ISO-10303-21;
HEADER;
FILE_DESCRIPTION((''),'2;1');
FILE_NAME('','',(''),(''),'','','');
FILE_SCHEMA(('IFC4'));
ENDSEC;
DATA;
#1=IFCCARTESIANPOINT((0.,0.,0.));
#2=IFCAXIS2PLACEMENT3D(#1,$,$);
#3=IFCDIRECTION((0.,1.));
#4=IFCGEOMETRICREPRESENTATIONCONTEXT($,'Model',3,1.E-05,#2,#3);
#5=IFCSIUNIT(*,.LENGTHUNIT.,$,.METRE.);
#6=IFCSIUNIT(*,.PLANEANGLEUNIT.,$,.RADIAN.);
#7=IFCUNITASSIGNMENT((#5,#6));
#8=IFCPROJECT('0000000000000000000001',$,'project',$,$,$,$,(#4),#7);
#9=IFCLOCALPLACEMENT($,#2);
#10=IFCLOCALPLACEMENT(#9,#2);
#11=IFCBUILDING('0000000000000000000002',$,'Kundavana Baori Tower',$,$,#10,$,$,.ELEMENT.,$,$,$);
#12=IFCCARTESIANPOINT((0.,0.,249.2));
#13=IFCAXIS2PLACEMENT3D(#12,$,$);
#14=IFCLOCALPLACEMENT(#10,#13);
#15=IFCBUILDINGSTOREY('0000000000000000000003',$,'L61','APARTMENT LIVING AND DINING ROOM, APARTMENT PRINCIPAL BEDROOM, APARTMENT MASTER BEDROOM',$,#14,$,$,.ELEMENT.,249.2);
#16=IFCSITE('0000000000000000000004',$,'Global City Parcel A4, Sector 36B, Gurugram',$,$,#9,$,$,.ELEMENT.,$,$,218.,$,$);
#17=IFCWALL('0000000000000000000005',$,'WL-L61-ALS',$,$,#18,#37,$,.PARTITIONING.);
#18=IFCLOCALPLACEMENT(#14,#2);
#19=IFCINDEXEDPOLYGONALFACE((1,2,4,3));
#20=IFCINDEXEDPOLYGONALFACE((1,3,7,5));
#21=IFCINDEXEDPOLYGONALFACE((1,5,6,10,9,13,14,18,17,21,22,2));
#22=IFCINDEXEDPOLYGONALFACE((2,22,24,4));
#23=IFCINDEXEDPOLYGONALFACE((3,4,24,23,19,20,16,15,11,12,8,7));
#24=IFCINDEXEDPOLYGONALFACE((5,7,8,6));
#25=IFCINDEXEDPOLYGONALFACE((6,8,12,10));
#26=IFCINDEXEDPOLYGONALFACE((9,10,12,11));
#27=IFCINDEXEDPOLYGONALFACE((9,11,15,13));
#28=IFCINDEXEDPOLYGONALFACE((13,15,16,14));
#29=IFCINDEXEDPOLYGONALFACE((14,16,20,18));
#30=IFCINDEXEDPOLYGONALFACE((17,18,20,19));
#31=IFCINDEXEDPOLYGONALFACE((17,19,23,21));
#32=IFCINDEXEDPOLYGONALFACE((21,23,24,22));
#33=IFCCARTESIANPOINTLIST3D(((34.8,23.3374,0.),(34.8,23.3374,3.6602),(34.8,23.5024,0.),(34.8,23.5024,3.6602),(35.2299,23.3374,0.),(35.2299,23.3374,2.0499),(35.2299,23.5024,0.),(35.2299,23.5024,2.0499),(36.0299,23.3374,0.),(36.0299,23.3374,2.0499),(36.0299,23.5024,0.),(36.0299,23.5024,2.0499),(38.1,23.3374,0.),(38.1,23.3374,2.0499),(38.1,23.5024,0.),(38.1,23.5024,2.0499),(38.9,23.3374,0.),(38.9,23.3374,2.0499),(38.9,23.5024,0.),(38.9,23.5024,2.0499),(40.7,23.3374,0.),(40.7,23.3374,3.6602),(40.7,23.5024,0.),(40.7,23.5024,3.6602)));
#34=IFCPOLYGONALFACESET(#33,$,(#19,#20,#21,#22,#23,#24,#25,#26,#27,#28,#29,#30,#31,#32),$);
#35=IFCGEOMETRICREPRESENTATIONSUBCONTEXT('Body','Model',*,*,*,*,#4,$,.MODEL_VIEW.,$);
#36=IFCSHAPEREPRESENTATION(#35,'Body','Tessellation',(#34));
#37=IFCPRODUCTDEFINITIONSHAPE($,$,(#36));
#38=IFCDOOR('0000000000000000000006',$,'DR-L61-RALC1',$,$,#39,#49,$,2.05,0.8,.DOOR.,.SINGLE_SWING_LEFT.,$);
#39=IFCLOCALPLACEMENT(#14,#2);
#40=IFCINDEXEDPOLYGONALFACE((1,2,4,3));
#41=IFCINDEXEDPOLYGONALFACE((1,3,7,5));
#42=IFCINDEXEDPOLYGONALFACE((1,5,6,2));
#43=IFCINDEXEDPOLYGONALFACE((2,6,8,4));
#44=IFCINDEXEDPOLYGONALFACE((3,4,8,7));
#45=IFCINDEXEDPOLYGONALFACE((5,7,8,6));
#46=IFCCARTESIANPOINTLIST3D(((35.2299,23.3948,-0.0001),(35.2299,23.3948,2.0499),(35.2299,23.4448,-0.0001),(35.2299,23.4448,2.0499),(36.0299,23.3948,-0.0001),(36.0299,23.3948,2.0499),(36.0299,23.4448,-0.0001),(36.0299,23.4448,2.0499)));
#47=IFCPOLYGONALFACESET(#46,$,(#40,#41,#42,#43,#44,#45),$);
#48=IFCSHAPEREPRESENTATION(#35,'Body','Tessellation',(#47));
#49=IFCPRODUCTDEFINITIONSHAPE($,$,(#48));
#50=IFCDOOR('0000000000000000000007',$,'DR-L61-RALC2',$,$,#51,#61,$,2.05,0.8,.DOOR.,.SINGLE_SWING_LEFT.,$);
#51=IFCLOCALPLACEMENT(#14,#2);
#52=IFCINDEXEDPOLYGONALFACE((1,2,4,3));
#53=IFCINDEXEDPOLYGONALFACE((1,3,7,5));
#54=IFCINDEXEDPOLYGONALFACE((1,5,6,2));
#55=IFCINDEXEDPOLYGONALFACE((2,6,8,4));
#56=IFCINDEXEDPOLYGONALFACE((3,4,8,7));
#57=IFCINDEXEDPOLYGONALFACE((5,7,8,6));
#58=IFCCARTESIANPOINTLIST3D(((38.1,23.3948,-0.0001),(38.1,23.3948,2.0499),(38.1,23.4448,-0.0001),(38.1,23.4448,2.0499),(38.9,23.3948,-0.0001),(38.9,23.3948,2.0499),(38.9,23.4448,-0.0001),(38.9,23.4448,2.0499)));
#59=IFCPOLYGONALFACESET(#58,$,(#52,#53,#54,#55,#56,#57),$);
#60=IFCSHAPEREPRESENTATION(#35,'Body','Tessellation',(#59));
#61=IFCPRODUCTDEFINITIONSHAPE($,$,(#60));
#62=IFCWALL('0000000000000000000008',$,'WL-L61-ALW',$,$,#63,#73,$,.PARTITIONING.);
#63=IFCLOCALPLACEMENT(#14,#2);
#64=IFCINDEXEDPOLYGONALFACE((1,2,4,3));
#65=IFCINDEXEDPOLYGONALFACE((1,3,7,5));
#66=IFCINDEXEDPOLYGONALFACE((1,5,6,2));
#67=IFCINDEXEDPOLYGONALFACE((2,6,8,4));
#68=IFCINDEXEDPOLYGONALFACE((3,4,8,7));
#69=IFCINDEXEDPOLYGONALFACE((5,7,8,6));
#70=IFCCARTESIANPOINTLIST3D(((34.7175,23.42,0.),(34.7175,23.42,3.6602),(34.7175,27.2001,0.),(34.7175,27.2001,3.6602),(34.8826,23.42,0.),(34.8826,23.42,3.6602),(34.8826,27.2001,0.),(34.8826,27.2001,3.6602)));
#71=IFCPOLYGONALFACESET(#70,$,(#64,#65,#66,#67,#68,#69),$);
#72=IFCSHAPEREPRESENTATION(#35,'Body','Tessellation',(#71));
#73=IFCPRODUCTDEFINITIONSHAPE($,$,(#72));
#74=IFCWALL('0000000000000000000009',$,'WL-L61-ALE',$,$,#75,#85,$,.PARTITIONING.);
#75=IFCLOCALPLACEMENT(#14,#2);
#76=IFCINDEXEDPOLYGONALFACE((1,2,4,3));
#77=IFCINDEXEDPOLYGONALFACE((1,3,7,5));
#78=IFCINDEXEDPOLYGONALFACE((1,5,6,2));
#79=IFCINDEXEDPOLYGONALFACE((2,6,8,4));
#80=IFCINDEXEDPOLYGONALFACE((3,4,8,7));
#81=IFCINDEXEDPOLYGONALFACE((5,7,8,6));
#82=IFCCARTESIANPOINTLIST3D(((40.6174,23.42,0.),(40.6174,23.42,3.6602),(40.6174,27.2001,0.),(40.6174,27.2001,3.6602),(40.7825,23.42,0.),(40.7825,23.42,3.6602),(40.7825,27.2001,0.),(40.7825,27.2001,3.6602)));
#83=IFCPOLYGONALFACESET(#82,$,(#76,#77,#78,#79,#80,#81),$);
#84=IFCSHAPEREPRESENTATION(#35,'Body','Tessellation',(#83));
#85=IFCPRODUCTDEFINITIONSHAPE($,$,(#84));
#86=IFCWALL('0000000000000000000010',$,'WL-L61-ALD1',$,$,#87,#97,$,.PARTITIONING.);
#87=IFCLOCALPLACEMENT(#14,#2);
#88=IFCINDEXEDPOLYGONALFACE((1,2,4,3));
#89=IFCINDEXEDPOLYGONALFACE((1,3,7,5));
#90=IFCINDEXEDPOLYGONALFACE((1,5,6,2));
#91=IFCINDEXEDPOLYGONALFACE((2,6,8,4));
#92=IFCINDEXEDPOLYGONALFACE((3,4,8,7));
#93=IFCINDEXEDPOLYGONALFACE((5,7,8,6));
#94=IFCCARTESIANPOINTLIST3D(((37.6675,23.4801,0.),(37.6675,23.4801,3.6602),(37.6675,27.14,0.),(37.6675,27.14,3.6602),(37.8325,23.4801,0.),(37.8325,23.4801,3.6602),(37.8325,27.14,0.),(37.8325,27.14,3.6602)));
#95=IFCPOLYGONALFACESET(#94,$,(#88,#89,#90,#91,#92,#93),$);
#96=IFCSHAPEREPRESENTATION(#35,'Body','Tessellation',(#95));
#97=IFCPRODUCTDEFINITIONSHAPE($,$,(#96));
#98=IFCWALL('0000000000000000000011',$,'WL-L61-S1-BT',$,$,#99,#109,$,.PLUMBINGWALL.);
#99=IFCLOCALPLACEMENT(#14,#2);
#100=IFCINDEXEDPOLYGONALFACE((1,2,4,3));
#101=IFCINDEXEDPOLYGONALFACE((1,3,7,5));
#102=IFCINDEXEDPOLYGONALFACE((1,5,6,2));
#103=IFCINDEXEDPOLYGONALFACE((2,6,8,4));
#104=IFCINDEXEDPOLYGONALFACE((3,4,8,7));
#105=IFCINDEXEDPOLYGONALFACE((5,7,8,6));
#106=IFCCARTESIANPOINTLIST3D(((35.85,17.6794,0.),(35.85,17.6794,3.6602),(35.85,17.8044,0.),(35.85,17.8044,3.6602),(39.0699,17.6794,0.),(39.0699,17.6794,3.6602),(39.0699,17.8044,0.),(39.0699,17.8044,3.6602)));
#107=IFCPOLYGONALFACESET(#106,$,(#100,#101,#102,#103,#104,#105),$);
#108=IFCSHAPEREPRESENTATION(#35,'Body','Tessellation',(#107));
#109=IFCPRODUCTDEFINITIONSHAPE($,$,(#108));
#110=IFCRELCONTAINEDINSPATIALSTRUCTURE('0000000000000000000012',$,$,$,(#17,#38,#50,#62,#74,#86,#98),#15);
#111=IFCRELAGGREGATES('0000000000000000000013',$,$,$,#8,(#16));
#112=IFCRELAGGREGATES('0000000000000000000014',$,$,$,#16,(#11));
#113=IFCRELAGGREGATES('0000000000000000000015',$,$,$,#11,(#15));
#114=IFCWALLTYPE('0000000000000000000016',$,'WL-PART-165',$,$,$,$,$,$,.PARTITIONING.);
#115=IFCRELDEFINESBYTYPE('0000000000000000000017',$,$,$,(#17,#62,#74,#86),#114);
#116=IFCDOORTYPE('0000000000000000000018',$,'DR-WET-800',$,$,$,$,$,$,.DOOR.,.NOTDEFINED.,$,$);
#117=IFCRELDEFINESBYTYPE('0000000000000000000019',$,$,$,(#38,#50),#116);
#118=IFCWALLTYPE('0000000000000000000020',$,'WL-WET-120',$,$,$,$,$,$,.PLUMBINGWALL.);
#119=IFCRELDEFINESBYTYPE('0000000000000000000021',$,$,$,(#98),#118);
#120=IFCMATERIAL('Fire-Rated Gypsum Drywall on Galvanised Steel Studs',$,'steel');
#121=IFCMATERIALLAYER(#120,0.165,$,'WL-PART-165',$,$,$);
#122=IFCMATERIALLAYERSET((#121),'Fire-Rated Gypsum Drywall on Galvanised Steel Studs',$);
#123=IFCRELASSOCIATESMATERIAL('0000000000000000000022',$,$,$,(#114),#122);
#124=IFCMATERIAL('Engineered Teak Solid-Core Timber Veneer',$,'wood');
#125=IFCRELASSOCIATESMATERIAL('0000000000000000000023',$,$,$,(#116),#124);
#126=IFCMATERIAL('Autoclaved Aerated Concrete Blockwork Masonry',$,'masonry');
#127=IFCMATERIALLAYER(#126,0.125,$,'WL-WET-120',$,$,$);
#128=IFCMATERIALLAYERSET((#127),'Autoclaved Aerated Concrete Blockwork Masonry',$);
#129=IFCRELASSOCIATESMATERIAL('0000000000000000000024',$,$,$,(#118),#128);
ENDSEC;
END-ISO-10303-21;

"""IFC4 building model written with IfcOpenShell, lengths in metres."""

from ifc_helpers import new_model, si_unit, direction, frame, frame_2d, origin, place, context, subcontext, project, spatial, rectangle, extrude, material, layer, layer_set, type_object, element, fill, save


model = new_model("IFC4")

# Units and contexts
model_context = context("Model", 3, precision=1e-05, world=origin(), true_north=direction((0.0, 1.0)))
body_context = subcontext(model_context, "Body", "Model", "MODEL_VIEW")
ifc_project = project(units=[si_unit("LENGTHUNIT", "METRE"), si_unit("PLANEANGLEUNIT", "RADIAN")], contexts=[model_context])

# Site, building, storey
site_placement = place(None, origin())
site = spatial("IfcSite", under=ifc_project, at=site_placement, Name="Global City Parcel A4, Sector 36B, Gurugram", CompositionType="ELEMENT", RefElevation=218.0)
building_placement = place(site_placement, origin())
building = spatial("IfcBuilding", under=site, at=building_placement, Name="Kundavana Baori Tower", CompositionType="ELEMENT")
storey_placement = place(building_placement, frame((0.0, 0.0, 249.2)))
storey = spatial("IfcBuildingStorey", under=building, at=storey_placement, Name="L61", Description="APARTMENT LIVING AND DINING ROOM, APARTMENT PRINCIPAL BEDROOM, APARTMENT MASTER BEDROOM", CompositionType="ELEMENT", Elevation=249.2)

# Shared definitions
ifc_material_1 = material(Name="Fire-Rated Gypsum Drywall on Galvanised Steel Studs", Category="steel")
ifc_layer_1 = layer(ifc_material_1, 0.165, Name="WL-PART-165")
ifc_layer_set_1 = layer_set([ifc_layer_1], Name="Fire-Rated Gypsum Drywall on Galvanised Steel Studs")
wall_type_1 = type_object("IfcWallType", Name="WL-PART-165", PredefinedType="PARTITIONING", material=ifc_layer_set_1)

# Wall, openings, doors
wall_1_placement = place(storey_placement, frame((34.8, 23.4199, 0.0), z_axis=(0.0, 0.0, 1.0), x_axis=(1.0, 0.0, 0.0)))
wall_1 = element("IfcWall", 1, at=wall_1_placement, inside=storey, type_object=wall_type_1, Name="WL-L61-ALS", PredefinedType="PARTITIONING", context=body_context, shape_type="SweptSolid", body=[
    extrude(rectangle(XDim=5.8999, YDim=0.165, at=frame_2d((2.95, 0.0))), origin(), (0.0, 0.0, 1.0), 3.6602),
])
opening_1_placement = place(wall_1_placement, frame((0.4299, 0.0, 0.0)))
opening_1 = element("IfcOpeningElement", 2, at=opening_1_placement, cuts=wall_1, PredefinedType="OPENING", context=body_context, shape_type="SweptSolid", body=[
    extrude(rectangle(XDim=0.8, YDim=2.05, at=frame_2d((0.3999, 1.0249))), frame((0.0, 0.0925, 0.0), z_axis=(0.0, -1.0, 0.0), x_axis=(1.0, 0.0, 0.0)), (0.0, 0.0, 1.0), 0.1851),
])
opening_2_placement = place(wall_1_placement, frame((3.3, 0.0, 0.0)))
opening_2 = element("IfcOpeningElement", 3, at=opening_2_placement, cuts=wall_1, PredefinedType="OPENING", context=body_context, shape_type="SweptSolid", body=[
    extrude(rectangle(XDim=0.8, YDim=2.05, at=frame_2d((0.3999, 1.0249))), frame((0.0, 0.0925, 0.0), z_axis=(0.0, -1.0, 0.0), x_axis=(1.0, 0.0, 0.0)), (0.0, 0.0, 1.0), 0.1851),
])
ifc_material_2 = material(Name="Engineered Teak Solid-Core Timber Veneer", Category="wood")
door_type_1 = type_object("IfcDoorType", Name="DR-WET-800", OperationType="NOTDEFINED", PredefinedType="DOOR", material=ifc_material_2)
door_1_placement = place(opening_1_placement, origin())
door_1 = element("IfcDoor", 4, at=door_1_placement, inside=storey, type_object=door_type_1, Name="DR-L61-RALC1", OperationType="SINGLE_SWING_LEFT", OverallHeight=2.05, OverallWidth=0.8, PredefinedType="DOOR", context=body_context, shape_type="SweptSolid", body=[
    extrude(rectangle(XDim=0.8, YDim=2.05, at=frame_2d((0.3999, 1.0249))), frame((0.0, 0.0249, 0.0), z_axis=(0.0, -1.0, 0.0), x_axis=(1.0, 0.0, 0.0)), (0.0, 0.0, 1.0), 0.05),
])
fill(opening_1, door_1)
door_2_placement = place(opening_2_placement, origin())
door_2 = element("IfcDoor", 5, at=door_2_placement, inside=storey, type_object=door_type_1, Name="DR-L61-RALC2", OperationType="SINGLE_SWING_LEFT", OverallHeight=2.05, OverallWidth=0.8, PredefinedType="DOOR", context=body_context, shape_type="SweptSolid", body=[
    extrude(rectangle(XDim=0.8, YDim=2.05, at=frame_2d((0.3999, 1.0249))), frame((0.0, 0.0249, 0.0), z_axis=(0.0, -1.0, 0.0), x_axis=(1.0, 0.0, 0.0)), (0.0, 0.0, 1.0), 0.05),
])
fill(opening_2, door_2)

# Walls
for number, where, z_axis, x_axis, name in (
    (6, (34.8, 23.4199, 0.0), (0.0, 0.0, 1.0), (0.0, 1.0, 0.0), "WL-L61-ALW"),
    (7, (40.7, 23.4199, 0.0), (0.0, 0.0, 1.0), (0.0, 1.0, 0.0), "WL-L61-ALE"),
):
    element("IfcWall", number, at=place(storey_placement, frame(where, z_axis=z_axis, x_axis=x_axis)), inside=storey, type_object=wall_type_1, Name=name, PredefinedType="PARTITIONING", context=body_context, shape_type="SweptSolid", body=[
        extrude(rectangle(XDim=3.78, YDim=0.165, at=frame_2d((1.8901, 0.0))), origin(), (0.0, 0.0, 1.0), 3.6602),
    ])
wall_2_placement = place(storey_placement, frame((37.75, 23.48, 0.0), z_axis=(0.0, 0.0, 1.0), x_axis=(0.0, 1.0, 0.0)))
element("IfcWall", 8, at=wall_2_placement, inside=storey, type_object=wall_type_1, Name="WL-L61-ALD1", PredefinedType="PARTITIONING", context=body_context, shape_type="SweptSolid", body=[
    extrude(rectangle(XDim=3.6599, YDim=0.165, at=frame_2d((1.8301, 0.0))), origin(), (0.0, 0.0, 1.0), 3.6602),
])
ifc_material_3 = material(Name="Autoclaved Aerated Concrete Blockwork Masonry", Category="masonry")
ifc_layer_2 = layer(ifc_material_3, 0.125, Name="WL-WET-120")
ifc_layer_set_2 = layer_set([ifc_layer_2], Name="Autoclaved Aerated Concrete Blockwork Masonry")
wall_type_2 = type_object("IfcWallType", Name="WL-WET-120", PredefinedType="PLUMBINGWALL", material=ifc_layer_set_2)
wall_3_placement = place(storey_placement, frame((35.8501, 17.7419, 0.0), z_axis=(0.0, 0.0, 1.0), x_axis=(1.0, 0.0, 0.0)))
element("IfcWall", 9, at=wall_3_placement, inside=storey, type_object=wall_type_2, Name="WL-L61-S1-BT", PredefinedType="PLUMBINGWALL", context=body_context, shape_type="SweptSolid", body=[
    extrude(rectangle(XDim=3.22, YDim=0.125, at=frame_2d((1.6099, 0.0))), origin(), (0.0, 0.0, 1.0), 3.6602),
])

save(model, "model.ifc")
